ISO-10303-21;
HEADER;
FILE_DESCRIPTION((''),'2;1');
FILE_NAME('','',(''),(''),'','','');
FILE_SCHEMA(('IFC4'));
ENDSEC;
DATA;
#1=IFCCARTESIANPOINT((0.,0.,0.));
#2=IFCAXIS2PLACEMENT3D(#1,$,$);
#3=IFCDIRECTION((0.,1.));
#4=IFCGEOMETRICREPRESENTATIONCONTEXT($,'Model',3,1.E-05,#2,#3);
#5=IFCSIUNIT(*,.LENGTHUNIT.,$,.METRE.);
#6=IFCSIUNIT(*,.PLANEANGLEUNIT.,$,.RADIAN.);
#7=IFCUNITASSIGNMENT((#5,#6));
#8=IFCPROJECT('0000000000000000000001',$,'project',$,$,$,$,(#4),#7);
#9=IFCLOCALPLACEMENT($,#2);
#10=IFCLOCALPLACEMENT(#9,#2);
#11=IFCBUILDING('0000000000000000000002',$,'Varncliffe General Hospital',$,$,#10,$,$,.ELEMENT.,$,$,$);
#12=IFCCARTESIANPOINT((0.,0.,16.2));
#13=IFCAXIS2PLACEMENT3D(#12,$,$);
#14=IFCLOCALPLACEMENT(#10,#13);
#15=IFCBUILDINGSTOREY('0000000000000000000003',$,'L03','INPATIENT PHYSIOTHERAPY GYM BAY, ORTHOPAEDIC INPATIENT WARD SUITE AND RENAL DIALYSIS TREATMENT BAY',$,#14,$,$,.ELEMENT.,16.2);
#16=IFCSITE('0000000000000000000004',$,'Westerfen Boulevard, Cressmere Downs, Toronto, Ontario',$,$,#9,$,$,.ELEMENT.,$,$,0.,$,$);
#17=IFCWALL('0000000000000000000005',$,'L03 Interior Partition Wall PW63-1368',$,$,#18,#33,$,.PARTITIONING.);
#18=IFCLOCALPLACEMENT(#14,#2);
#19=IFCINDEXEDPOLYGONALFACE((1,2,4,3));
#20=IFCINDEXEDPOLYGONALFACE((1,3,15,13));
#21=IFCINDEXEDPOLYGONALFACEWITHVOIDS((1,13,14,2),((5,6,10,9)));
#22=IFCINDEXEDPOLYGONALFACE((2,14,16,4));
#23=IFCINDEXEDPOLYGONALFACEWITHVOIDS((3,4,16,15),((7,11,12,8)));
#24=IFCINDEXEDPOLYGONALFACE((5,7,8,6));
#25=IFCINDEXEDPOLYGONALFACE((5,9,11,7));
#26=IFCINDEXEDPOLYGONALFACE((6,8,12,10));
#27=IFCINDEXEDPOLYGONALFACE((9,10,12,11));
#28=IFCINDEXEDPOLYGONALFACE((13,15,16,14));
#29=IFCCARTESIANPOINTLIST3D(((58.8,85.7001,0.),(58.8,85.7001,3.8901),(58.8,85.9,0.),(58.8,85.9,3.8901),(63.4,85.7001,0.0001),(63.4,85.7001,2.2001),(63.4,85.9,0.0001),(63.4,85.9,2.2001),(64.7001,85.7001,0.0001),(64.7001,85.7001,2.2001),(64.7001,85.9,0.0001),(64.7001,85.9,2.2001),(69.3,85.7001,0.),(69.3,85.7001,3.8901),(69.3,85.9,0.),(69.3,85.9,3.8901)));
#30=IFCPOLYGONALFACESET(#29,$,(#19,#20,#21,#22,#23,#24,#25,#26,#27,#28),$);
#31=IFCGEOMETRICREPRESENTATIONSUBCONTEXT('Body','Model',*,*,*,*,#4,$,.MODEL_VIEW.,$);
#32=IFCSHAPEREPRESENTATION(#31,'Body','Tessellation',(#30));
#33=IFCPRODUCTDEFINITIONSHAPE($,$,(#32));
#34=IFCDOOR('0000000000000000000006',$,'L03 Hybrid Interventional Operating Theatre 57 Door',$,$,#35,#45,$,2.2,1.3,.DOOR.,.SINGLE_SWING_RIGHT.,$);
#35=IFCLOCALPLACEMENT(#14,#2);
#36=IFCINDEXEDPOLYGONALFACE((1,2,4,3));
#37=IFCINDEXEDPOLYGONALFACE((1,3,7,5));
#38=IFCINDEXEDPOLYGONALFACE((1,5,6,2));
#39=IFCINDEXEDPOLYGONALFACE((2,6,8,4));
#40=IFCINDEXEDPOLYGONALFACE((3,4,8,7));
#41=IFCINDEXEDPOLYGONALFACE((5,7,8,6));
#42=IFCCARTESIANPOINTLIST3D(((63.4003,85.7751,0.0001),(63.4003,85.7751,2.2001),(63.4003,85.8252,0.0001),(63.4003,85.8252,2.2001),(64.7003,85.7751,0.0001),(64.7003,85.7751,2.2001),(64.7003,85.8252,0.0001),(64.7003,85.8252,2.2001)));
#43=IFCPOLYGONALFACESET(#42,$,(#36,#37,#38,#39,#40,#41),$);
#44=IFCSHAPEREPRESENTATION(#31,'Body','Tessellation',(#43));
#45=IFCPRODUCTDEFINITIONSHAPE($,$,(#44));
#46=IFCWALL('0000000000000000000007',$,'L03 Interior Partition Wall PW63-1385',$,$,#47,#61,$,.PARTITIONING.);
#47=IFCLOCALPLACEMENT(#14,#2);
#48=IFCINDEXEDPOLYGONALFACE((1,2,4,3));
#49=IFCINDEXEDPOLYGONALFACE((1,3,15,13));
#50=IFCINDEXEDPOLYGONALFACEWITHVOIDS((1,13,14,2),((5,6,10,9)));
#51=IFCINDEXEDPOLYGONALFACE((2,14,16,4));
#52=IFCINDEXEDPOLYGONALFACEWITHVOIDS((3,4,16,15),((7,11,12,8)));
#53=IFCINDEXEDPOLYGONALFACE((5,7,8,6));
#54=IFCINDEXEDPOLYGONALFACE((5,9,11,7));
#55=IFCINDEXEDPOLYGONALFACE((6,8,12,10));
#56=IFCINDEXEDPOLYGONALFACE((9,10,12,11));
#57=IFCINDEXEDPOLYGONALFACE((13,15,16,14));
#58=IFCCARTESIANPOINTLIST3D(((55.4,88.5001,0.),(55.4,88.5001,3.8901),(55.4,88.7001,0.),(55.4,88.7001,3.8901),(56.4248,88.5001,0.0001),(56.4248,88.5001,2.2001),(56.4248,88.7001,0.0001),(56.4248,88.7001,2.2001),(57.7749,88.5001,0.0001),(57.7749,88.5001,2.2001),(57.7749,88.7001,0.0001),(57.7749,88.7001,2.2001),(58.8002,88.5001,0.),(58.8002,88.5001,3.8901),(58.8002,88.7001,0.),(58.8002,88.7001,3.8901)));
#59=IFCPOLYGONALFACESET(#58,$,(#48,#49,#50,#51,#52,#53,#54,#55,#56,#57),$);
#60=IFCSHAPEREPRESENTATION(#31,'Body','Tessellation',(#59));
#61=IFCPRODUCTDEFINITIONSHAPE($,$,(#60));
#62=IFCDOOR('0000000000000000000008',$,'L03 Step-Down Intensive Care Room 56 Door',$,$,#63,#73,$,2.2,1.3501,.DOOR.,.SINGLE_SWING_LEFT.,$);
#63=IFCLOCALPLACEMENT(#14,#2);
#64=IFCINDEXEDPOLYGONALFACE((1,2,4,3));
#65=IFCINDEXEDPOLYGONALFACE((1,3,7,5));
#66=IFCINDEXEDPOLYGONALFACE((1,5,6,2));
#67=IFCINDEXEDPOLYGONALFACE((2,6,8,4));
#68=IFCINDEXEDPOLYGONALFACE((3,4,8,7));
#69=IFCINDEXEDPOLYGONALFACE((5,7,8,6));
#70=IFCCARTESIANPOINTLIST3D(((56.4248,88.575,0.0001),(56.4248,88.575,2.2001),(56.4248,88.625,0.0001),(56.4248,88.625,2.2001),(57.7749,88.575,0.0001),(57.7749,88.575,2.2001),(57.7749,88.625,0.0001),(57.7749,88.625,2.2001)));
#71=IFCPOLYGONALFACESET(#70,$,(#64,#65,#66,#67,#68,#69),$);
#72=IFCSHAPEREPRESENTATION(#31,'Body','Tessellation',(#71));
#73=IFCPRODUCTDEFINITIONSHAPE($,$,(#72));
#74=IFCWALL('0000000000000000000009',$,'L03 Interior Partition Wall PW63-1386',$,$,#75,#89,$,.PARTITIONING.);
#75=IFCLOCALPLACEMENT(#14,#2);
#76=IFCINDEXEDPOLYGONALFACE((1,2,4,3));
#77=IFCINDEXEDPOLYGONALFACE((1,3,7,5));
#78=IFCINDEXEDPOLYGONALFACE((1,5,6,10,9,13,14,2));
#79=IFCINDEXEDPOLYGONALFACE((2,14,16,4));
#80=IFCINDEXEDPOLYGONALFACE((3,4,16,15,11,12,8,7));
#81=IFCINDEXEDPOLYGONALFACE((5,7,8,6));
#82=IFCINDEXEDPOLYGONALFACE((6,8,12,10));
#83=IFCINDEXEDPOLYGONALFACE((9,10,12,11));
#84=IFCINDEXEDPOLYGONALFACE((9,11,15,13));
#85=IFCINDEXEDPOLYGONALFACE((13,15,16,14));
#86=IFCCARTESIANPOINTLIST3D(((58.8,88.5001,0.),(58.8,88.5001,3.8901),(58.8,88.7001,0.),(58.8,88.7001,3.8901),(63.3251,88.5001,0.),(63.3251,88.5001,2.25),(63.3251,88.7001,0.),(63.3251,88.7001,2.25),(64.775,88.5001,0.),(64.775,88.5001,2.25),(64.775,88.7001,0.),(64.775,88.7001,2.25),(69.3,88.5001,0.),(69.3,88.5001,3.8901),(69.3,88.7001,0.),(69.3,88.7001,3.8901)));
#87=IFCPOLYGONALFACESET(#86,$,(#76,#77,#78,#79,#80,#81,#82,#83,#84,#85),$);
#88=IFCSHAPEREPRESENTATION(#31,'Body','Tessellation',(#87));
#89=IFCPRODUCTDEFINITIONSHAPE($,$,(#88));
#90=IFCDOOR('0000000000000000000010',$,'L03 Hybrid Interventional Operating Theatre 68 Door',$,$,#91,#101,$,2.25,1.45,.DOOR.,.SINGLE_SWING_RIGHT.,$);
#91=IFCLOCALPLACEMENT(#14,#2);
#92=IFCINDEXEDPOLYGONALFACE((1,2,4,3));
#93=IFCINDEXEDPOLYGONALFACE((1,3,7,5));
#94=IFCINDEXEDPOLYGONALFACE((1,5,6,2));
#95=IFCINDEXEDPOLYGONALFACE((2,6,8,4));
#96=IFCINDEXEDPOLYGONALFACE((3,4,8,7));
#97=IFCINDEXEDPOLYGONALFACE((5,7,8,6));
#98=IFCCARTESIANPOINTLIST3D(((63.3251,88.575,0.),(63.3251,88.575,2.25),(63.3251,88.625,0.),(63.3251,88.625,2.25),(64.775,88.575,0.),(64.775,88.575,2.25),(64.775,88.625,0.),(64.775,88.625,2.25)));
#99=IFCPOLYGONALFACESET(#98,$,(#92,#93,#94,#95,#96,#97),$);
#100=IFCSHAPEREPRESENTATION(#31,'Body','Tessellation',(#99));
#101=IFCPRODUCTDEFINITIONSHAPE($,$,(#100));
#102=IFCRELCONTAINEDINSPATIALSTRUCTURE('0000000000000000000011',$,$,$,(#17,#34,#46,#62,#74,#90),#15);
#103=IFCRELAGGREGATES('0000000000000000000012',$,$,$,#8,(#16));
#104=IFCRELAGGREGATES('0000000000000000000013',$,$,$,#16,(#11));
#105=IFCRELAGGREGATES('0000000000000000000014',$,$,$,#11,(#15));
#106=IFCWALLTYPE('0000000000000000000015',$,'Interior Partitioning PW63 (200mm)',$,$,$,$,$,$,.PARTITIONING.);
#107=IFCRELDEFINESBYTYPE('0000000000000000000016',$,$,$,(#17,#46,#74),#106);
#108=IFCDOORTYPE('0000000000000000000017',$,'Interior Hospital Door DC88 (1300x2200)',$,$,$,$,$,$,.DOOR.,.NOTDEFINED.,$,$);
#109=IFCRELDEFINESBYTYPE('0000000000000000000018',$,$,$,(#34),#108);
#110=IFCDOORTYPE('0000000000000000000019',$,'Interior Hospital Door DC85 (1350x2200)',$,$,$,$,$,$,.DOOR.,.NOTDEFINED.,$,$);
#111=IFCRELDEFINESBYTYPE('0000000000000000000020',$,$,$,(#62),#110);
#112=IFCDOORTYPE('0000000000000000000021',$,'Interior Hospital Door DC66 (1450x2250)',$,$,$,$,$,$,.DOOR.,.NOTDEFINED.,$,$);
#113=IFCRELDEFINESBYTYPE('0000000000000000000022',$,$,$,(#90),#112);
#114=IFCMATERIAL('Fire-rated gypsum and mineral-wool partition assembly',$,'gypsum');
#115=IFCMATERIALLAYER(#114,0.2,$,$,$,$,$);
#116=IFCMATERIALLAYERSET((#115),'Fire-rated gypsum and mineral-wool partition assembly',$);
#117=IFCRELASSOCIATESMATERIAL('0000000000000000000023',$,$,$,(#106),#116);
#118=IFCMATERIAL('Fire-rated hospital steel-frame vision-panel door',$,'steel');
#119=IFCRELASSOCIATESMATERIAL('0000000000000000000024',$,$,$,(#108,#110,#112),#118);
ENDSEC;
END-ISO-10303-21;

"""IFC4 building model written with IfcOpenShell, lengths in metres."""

from ifc_helpers import new_model, si_unit, direction, frame, frame_2d, origin, place, context, subcontext, project, spatial, rectangle, extrude, material, layer, layer_set, type_object, element, fill, save


model = new_model("IFC4")

# Units and contexts
model_context = context("Model", 3, precision=1e-05, world=origin(), true_north=direction((0.0, 1.0)))
body_context = subcontext(model_context, "Body", "Model", "MODEL_VIEW")
ifc_project = project(units=[si_unit("LENGTHUNIT", "METRE"), si_unit("PLANEANGLEUNIT", "RADIAN")], contexts=[model_context])

# Site, building, storey
site_placement = place(None, origin())
site = spatial("IfcSite", under=ifc_project, at=site_placement, Name="Westerfen Boulevard, Cressmere Downs, Toronto, Ontario", CompositionType="ELEMENT", RefElevation=0.0)
building_placement = place(site_placement, origin())
building = spatial("IfcBuilding", under=site, at=building_placement, Name="Varncliffe General Hospital", CompositionType="ELEMENT")
storey_placement = place(building_placement, frame((0.0, 0.0, 16.2)))
storey = spatial("IfcBuildingStorey", under=building, at=storey_placement, Name="L03", Description="INPATIENT PHYSIOTHERAPY GYM BAY, ORTHOPAEDIC INPATIENT WARD SUITE AND RENAL DIALYSIS TREATMENT BAY", CompositionType="ELEMENT", Elevation=16.2)

# Walls, openings, doors
ifc_material_1 = material(Name="Fire-rated gypsum and mineral-wool partition assembly", Category="gypsum")
ifc_layer_1 = layer(ifc_material_1, 0.2)
ifc_layer_set_1 = layer_set([ifc_layer_1], Name="Fire-rated gypsum and mineral-wool partition assembly")
wall_type_1 = type_object("IfcWallType", Name="Interior Partitioning PW63 (200mm)", PredefinedType="PARTITIONING", material=ifc_layer_set_1)
ifc_material_2 = material(Name="Fire-rated hospital steel-frame vision-panel door", Category="steel")
wall_1_placement = place(storey_placement, frame((58.8, 85.8, 0.0), z_axis=(0.0, 0.0, 1.0), x_axis=(1.0, 0.0, 0.0)))
wall_1 = element("IfcWall", 1, at=wall_1_placement, inside=storey, type_object=wall_type_1, Name="L03 Interior Partition Wall PW63-1368", PredefinedType="PARTITIONING", context=body_context, shape_type="SweptSolid", body=[
    extrude(rectangle(XDim=10.5, YDim=0.2, at=frame_2d((5.25, 0.0))), origin(), (0.0, 0.0, 1.0), 3.8901),
])
opening_1_placement = place(wall_1_placement, frame((4.6001, 0.0, 0.0)))
opening_1 = element("IfcOpeningElement", 2, at=opening_1_placement, cuts=wall_1, PredefinedType="OPENING", context=body_context, shape_type="SweptSolid", body=[
    extrude(rectangle(XDim=1.3, YDim=2.2, at=frame_2d((0.6499, 1.1001))), frame((0.0, 0.1099, 0.0), z_axis=(0.0, -1.0, 0.0), x_axis=(1.0, 0.0, 0.0)), (0.0, 0.0, 1.0), 0.22),
])
door_type_1 = type_object("IfcDoorType", Name="Interior Hospital Door DC88 (1300x2200)", OperationType="NOTDEFINED", PredefinedType="DOOR", material=ifc_material_2)
door_1_placement = place(opening_1_placement, frame((1.3, 0.0, 0.0), z_axis=(0.0, 0.0, 1.0), x_axis=(-1.0, 0.0, 0.0)))
door_1 = element("IfcDoor", 3, at=door_1_placement, inside=storey, type_object=door_type_1, Name="L03 Hybrid Interventional Operating Theatre 57 Door", OperationType="SINGLE_SWING_RIGHT", OverallHeight=2.2, OverallWidth=1.3, PredefinedType="DOOR", context=body_context, shape_type="SweptSolid", body=[
    extrude(rectangle(XDim=1.3, YDim=2.2, at=frame_2d((0.6499, 1.1001))), frame((0.0, 0.0249, 0.0), z_axis=(0.0, -1.0, 0.0), x_axis=(1.0, 0.0, 0.0)), (0.0, 0.0, 1.0), 0.05),
])
fill(opening_1, door_1)
wall_2_placement = place(storey_placement, frame((55.3999, 88.6001, 0.0), z_axis=(0.0, 0.0, 1.0), x_axis=(1.0, 0.0, 0.0)))
wall_2 = element("IfcWall", 4, at=wall_2_placement, inside=storey, type_object=wall_type_1, Name="L03 Interior Partition Wall PW63-1385", PredefinedType="PARTITIONING", context=body_context, shape_type="SweptSolid", body=[
    extrude(rectangle(XDim=3.4001, YDim=0.2, at=frame_2d((1.7002, 0.0))), origin(), (0.0, 0.0, 1.0), 3.8901),
])
opening_2_placement = place(wall_2_placement, frame((1.0249, 0.0, 0.0)))
opening_2 = element("IfcOpeningElement", 5, at=opening_2_placement, cuts=wall_2, PredefinedType="OPENING", context=body_context, shape_type="SweptSolid", body=[
    extrude(rectangle(XDim=1.3501, YDim=2.2, at=frame_2d((0.675, 1.1001))), frame((0.0, 0.1099, 0.0), z_axis=(0.0, -1.0, 0.0), x_axis=(1.0, 0.0, 0.0)), (0.0, 0.0, 1.0), 0.22),
])
door_type_2 = type_object("IfcDoorType", Name="Interior Hospital Door DC85 (1350x2200)", OperationType="NOTDEFINED", PredefinedType="DOOR", material=ifc_material_2)
door_2_placement = place(opening_2_placement, origin())
door_2 = element("IfcDoor", 6, at=door_2_placement, inside=storey, type_object=door_type_2, Name="L03 Step-Down Intensive Care Room 56 Door", OperationType="SINGLE_SWING_LEFT", OverallHeight=2.2, OverallWidth=1.3501, PredefinedType="DOOR", context=body_context, shape_type="SweptSolid", body=[
    extrude(rectangle(XDim=1.3501, YDim=2.2, at=frame_2d((0.675, 1.1001))), frame((0.0, 0.0249, 0.0), z_axis=(0.0, -1.0, 0.0), x_axis=(1.0, 0.0, 0.0)), (0.0, 0.0, 1.0), 0.05),
])
fill(opening_2, door_2)
wall_3_placement = place(storey_placement, frame((58.8, 88.6001, 0.0), z_axis=(0.0, 0.0, 1.0), x_axis=(1.0, 0.0, 0.0)))
wall_3 = element("IfcWall", 7, at=wall_3_placement, inside=storey, type_object=wall_type_1, Name="L03 Interior Partition Wall PW63-1386", PredefinedType="PARTITIONING", context=body_context, shape_type="SweptSolid", body=[
    extrude(rectangle(XDim=10.5, YDim=0.2, at=frame_2d((5.25, 0.0))), origin(), (0.0, 0.0, 1.0), 3.8901),
])
opening_3_placement = place(wall_3_placement, frame((4.5249, 0.0, 0.0)))
opening_3 = element("IfcOpeningElement", 8, at=opening_3_placement, cuts=wall_3, PredefinedType="OPENING", context=body_context, shape_type="SweptSolid", body=[
    extrude(rectangle(XDim=1.45, YDim=2.25, at=frame_2d((0.7251, 1.125))), frame((0.0, 0.1099, 0.0), z_axis=(0.0, -1.0, 0.0), x_axis=(1.0, 0.0, 0.0)), (0.0, 0.0, 1.0), 0.22),
])
door_type_3 = type_object("IfcDoorType", Name="Interior Hospital Door DC66 (1450x2250)", OperationType="NOTDEFINED", PredefinedType="DOOR", material=ifc_material_2)
door_3_placement = place(opening_3_placement, origin())
door_3 = element("IfcDoor", 9, at=door_3_placement, inside=storey, type_object=door_type_3, Name="L03 Hybrid Interventional Operating Theatre 68 Door", OperationType="SINGLE_SWING_RIGHT", OverallHeight=2.25, OverallWidth=1.45, PredefinedType="DOOR", context=body_context, shape_type="SweptSolid", body=[
    extrude(rectangle(XDim=1.45, YDim=2.25, at=frame_2d((0.7251, 1.125))), frame((0.0, 0.0249, 0.0), z_axis=(0.0, -1.0, 0.0), x_axis=(1.0, 0.0, 0.0)), (0.0, 0.0, 1.0), 0.05),
])
fill(opening_3, door_3)

save(model, "model.ifc")
